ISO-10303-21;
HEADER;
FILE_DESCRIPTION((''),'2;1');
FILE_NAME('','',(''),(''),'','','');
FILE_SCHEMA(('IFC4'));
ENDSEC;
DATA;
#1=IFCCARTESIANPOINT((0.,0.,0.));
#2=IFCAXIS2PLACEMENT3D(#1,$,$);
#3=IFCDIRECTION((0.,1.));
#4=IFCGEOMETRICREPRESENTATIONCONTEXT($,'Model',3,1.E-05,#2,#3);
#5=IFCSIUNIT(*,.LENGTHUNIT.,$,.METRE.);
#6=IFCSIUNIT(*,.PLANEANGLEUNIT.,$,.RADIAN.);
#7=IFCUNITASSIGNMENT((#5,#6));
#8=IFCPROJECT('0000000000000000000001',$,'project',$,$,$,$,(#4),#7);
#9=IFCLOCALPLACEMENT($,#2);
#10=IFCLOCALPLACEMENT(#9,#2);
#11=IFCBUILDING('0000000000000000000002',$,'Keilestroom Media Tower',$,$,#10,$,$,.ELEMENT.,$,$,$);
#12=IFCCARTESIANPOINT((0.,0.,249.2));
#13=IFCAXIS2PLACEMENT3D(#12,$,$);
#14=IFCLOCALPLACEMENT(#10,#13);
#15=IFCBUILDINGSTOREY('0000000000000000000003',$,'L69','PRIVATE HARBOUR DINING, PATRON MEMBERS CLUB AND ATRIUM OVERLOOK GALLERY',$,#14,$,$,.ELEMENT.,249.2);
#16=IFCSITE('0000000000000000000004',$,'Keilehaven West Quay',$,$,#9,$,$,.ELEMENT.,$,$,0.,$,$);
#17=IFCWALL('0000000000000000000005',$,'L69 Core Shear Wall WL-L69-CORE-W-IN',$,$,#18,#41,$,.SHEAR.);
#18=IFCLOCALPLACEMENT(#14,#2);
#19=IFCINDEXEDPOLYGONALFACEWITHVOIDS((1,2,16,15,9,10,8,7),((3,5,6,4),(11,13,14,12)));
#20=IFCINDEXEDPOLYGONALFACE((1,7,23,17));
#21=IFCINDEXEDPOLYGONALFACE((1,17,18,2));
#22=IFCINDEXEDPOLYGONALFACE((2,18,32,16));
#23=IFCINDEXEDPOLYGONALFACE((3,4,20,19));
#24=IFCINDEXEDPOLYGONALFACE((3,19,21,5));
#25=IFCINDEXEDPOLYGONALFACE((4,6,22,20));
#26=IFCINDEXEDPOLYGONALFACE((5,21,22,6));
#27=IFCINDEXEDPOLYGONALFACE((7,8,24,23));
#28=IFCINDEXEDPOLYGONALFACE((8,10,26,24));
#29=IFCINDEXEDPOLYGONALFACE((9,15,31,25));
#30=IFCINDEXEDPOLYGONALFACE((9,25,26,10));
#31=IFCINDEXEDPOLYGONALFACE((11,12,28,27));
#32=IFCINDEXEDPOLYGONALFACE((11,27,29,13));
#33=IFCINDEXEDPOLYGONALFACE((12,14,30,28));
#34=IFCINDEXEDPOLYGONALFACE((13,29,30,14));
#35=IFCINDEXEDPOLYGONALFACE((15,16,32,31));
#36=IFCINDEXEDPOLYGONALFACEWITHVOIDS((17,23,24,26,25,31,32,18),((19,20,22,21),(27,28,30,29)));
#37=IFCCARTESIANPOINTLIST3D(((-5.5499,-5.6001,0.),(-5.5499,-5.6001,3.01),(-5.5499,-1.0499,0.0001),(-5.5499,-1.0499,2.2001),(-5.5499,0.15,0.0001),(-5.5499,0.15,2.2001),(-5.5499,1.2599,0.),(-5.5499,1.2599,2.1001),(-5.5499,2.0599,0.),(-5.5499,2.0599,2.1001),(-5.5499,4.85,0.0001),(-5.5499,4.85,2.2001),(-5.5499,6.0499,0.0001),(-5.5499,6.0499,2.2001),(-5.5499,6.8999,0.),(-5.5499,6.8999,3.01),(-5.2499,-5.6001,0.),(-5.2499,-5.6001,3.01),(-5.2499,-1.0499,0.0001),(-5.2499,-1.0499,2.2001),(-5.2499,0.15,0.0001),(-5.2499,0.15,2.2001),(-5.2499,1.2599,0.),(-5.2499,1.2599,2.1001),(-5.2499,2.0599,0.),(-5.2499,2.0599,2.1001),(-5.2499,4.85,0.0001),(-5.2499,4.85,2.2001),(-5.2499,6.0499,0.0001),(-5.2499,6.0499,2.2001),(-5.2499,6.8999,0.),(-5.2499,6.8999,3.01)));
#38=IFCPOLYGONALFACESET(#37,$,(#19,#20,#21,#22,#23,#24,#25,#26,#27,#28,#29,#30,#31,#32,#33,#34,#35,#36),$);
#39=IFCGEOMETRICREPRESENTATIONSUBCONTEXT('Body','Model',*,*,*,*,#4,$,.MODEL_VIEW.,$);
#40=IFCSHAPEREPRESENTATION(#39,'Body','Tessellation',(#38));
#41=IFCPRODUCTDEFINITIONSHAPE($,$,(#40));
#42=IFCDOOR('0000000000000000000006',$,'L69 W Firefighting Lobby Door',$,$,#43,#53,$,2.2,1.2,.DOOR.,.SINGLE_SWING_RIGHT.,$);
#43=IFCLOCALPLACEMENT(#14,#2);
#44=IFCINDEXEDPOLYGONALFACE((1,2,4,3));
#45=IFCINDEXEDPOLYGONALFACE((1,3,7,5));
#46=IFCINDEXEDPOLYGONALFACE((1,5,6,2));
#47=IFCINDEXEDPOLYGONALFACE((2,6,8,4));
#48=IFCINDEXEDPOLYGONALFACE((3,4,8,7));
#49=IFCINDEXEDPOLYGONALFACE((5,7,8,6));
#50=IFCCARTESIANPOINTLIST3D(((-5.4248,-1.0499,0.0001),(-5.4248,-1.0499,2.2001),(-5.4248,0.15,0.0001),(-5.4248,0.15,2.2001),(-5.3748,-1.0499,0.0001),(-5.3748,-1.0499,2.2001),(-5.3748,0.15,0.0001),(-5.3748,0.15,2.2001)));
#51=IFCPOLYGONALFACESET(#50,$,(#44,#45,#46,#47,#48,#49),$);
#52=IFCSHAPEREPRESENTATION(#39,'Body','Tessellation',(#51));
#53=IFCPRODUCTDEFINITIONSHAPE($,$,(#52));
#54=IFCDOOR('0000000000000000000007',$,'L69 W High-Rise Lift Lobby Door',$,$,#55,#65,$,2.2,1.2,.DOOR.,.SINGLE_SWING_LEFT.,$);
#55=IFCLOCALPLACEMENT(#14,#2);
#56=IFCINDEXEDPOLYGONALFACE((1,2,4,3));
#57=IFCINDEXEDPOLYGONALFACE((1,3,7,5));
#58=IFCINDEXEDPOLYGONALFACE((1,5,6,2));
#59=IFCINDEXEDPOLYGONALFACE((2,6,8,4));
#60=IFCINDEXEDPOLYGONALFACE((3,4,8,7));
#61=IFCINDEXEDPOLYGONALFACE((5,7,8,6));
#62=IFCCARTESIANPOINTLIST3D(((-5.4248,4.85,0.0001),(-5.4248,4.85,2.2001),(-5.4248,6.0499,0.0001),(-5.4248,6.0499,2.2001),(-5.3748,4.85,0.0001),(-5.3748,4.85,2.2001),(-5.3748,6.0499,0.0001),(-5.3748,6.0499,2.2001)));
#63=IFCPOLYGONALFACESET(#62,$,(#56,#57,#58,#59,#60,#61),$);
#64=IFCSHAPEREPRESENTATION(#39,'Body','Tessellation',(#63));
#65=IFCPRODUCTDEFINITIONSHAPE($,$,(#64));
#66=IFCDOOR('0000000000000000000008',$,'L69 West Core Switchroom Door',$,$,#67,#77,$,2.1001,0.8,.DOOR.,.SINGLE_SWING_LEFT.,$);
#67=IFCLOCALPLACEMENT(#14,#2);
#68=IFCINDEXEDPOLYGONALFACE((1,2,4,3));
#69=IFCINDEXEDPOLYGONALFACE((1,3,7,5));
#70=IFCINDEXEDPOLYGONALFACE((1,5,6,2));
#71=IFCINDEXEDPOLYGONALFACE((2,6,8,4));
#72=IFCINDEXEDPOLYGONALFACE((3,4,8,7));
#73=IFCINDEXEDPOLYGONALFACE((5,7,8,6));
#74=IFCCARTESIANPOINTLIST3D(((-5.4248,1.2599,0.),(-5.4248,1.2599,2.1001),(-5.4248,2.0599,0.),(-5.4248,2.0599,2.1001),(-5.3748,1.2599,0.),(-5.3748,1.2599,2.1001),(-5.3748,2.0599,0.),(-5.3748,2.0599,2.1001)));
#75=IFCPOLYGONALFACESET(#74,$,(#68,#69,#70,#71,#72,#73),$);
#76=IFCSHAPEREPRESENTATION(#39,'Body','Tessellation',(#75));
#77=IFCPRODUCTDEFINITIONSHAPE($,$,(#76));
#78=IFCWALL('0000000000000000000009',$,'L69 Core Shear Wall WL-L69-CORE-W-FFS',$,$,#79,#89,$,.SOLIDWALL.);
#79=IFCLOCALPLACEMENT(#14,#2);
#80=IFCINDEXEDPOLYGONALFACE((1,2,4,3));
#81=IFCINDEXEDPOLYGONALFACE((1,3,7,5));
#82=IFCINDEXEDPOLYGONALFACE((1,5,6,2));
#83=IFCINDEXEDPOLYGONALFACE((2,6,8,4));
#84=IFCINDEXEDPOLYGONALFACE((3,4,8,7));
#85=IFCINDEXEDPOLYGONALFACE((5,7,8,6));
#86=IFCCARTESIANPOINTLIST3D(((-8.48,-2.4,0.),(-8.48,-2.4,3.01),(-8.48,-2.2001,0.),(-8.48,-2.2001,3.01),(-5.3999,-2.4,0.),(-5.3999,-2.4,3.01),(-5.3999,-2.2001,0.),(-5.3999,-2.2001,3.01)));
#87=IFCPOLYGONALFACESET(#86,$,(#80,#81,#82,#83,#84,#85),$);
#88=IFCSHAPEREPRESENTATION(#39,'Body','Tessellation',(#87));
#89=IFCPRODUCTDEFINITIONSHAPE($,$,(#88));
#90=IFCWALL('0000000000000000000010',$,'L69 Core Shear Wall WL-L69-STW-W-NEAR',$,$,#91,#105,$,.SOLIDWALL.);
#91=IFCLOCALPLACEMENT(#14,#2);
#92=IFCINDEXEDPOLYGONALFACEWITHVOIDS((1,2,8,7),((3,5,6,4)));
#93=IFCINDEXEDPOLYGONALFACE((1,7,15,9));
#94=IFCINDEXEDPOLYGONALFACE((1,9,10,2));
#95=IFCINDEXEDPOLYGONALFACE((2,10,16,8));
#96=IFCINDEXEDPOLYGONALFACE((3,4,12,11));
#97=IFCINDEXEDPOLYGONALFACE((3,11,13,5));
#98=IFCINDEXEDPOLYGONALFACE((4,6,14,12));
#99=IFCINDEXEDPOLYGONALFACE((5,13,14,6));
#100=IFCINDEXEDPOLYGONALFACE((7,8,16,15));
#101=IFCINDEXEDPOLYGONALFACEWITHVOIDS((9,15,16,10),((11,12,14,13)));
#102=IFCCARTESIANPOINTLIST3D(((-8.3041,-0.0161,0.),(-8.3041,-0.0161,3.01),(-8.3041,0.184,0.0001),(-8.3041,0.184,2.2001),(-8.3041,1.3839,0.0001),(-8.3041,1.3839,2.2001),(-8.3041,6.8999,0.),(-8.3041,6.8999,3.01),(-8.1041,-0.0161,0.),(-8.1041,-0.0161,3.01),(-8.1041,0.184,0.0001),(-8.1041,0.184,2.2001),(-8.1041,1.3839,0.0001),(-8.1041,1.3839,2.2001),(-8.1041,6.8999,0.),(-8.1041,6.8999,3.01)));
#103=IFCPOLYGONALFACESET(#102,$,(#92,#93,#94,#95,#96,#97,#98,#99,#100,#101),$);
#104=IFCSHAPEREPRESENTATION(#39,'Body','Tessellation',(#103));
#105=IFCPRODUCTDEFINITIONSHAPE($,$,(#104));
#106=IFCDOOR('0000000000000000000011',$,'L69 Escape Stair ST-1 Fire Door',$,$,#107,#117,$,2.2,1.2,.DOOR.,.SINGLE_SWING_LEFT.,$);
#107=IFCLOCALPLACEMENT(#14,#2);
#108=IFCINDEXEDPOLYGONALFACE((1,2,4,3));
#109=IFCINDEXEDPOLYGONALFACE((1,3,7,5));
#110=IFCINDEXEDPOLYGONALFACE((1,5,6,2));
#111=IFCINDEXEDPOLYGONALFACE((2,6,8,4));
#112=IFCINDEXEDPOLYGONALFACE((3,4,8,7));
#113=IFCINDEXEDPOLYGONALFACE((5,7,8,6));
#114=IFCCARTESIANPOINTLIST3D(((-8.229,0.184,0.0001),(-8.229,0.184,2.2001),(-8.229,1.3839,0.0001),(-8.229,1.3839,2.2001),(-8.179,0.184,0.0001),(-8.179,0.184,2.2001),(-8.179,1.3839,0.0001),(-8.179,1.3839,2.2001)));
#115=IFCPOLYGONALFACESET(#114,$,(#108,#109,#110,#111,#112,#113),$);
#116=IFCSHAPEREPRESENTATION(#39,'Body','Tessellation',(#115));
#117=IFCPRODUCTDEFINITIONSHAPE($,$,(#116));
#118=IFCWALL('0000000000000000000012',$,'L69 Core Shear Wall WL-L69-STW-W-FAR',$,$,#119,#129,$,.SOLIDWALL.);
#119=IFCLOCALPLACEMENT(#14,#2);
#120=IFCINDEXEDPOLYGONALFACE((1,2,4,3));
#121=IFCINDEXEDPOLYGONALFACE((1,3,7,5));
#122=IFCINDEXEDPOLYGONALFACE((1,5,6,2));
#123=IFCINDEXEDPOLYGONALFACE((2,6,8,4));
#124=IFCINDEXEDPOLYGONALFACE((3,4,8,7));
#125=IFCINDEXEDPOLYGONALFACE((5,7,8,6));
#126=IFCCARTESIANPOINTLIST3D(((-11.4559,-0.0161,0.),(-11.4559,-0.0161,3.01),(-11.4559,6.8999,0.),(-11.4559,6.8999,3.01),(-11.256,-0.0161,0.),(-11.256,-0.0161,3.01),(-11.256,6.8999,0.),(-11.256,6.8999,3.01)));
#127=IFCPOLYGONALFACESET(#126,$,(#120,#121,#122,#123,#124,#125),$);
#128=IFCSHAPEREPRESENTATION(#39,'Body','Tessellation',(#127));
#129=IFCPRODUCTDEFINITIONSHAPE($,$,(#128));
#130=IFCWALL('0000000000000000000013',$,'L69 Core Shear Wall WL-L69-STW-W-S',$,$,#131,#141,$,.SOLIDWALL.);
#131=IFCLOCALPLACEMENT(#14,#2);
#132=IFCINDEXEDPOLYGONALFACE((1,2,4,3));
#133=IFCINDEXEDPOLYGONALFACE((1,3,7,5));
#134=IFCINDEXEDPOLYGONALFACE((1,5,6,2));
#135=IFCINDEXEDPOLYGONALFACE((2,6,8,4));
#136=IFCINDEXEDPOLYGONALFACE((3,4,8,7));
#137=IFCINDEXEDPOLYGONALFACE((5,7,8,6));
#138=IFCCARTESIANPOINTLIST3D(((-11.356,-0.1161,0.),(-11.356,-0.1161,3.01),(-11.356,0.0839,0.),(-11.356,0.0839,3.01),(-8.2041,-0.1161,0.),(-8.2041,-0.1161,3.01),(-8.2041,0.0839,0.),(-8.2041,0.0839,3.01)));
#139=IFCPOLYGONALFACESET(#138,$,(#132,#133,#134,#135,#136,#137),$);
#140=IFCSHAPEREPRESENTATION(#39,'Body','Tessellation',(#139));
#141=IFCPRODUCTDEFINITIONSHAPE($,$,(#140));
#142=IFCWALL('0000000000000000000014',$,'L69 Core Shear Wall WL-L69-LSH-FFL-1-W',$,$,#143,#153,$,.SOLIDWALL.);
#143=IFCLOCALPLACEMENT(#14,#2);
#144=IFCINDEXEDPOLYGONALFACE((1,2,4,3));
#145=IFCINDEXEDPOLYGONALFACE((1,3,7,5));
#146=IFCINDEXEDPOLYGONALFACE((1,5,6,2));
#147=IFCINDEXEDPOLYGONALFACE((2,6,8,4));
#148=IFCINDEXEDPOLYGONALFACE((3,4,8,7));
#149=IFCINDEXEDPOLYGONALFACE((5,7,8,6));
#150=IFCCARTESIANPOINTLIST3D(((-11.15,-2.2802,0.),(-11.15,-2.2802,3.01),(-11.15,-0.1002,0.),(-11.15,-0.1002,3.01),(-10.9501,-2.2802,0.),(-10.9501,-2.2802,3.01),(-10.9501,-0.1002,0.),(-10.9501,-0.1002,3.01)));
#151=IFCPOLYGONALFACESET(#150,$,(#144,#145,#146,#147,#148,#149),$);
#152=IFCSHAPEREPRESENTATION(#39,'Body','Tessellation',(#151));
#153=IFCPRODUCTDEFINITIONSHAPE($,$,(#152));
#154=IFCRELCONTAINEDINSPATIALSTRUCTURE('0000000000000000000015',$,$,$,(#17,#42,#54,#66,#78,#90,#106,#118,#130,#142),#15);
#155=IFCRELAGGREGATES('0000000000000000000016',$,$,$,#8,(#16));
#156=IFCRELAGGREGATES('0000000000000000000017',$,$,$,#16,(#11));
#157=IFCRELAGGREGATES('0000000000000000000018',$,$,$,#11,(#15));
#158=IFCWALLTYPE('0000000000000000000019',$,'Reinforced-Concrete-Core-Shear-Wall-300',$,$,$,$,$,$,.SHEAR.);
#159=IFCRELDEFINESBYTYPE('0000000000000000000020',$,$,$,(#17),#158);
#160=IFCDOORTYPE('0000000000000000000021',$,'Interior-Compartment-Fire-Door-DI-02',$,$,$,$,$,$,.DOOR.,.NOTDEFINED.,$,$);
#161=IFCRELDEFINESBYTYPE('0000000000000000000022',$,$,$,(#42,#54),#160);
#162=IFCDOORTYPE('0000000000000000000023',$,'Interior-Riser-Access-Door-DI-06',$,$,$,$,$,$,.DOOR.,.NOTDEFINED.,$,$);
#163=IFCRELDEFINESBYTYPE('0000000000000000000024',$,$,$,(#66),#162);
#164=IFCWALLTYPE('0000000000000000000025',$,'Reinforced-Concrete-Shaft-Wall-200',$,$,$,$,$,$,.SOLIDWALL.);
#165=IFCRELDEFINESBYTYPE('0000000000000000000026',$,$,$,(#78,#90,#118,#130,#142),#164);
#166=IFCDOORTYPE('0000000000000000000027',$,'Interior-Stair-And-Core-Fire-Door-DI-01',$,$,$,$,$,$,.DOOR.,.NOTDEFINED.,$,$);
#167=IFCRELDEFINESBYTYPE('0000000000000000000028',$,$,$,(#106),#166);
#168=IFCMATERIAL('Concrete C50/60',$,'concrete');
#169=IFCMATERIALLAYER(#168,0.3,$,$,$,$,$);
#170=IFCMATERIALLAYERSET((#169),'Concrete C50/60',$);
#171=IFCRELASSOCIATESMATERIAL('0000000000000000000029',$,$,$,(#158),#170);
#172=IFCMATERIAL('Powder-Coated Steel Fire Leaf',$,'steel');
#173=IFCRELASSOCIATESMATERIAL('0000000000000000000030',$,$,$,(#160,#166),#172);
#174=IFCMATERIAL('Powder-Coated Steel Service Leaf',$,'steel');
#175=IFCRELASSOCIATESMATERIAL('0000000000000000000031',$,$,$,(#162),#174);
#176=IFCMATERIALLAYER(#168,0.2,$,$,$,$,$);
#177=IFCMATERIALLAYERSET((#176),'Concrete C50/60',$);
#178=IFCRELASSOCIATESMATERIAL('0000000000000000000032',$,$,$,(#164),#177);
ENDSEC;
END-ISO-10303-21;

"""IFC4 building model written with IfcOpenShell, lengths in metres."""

from ifc_helpers import new_model, si_unit, direction, frame, frame_2d, origin, place, context, subcontext, project, spatial, rectangle, extrude, source, transform, mapped, material, layer, layer_set, type_object, element, fill, save


model = new_model("IFC4")

# Units and contexts
model_context = context("Model", 3, precision=1e-05, world=origin(), true_north=direction((0.0, 1.0)))
body_context = subcontext(model_context, "Body", "Model", "MODEL_VIEW")
ifc_project = project(units=[si_unit("LENGTHUNIT", "METRE"), si_unit("PLANEANGLEUNIT", "RADIAN")], contexts=[model_context])

# Site, building, storey
site_placement = place(None, origin())
site = spatial("IfcSite", under=ifc_project, at=site_placement, Name="Keilehaven West Quay", CompositionType="ELEMENT", RefElevation=0.0)
building_placement = place(site_placement, origin())
building = spatial("IfcBuilding", under=site, at=building_placement, Name="Keilestroom Media Tower", CompositionType="ELEMENT")
storey_placement = place(building_placement, frame((0.0, 0.0, 249.2)))
storey = spatial("IfcBuildingStorey", under=building, at=storey_placement, Name="L69", Description="PRIVATE HARBOUR DINING, PATRON MEMBERS CLUB AND ATRIUM OVERLOOK GALLERY", CompositionType="ELEMENT", Elevation=249.2)

# Shared definitions
ifc_material_1 = material(Name="Concrete C50/60", Category="concrete")
ifc_layer_1 = layer(ifc_material_1, 0.3)
ifc_layer_set_1 = layer_set([ifc_layer_1], Name="Concrete C50/60")
wall_type_1 = type_object("IfcWallType", Name="Reinforced-Concrete-Core-Shear-Wall-300", PredefinedType="SHEAR", material=ifc_layer_set_1)

# Wall, openings, doors
wall_1_placement = place(storey_placement, frame((-5.3999, -5.6001, 0.0), z_axis=(0.0, 0.0, 1.0), x_axis=(0.0, 1.0, 0.0)))
wall_1 = element("IfcWall", 1, at=wall_1_placement, inside=storey, type_object=wall_type_1, Name="L69 Core Shear Wall WL-L69-CORE-W-IN", PredefinedType="SHEAR", context=body_context, shape_type="SweptSolid", body=[
    extrude(rectangle(XDim=12.5, YDim=0.3, at=frame_2d((6.25, 0.0))), origin(), (0.0, 0.0, 1.0), 3.01),
])
opening_1_placement = place(wall_1_placement, frame((4.55, 0.0, 0.0)))
opening_1 = element("IfcOpeningElement", 2, at=opening_1_placement, cuts=wall_1, PredefinedType="OPENING", context=body_context, shape_type="SweptSolid", body=[
    extrude(rectangle(XDim=1.2, YDim=2.2, at=frame_2d((0.6001, 1.1001))), frame((0.0, 0.1602, 0.0), z_axis=(0.0, -1.0, 0.0), x_axis=(1.0, 0.0, 0.0)), (0.0, 0.0, 1.0), 0.3201),
])
opening_2_placement = place(wall_1_placement, frame((10.45, 0.0, 0.0)))
opening_2 = element("IfcOpeningElement", 3, at=opening_2_placement, cuts=wall_1, PredefinedType="OPENING", context=body_context, shape_type="SweptSolid", body=[
    extrude(rectangle(XDim=1.2, YDim=2.2, at=frame_2d((0.6001, 1.1001))), frame((0.0, 0.1602, 0.0), z_axis=(0.0, -1.0, 0.0), x_axis=(1.0, 0.0, 0.0)), (0.0, 0.0, 1.0), 0.3201),
])
opening_3_placement = place(wall_1_placement, frame((6.8601, 0.0, 0.0)))
opening_3 = element("IfcOpeningElement", 4, at=opening_3_placement, cuts=wall_1, PredefinedType="OPENING", context=body_context, shape_type="SweptSolid", body=[
    extrude(rectangle(XDim=0.8, YDim=2.1001, at=frame_2d((0.3999, 1.05))), frame((0.0, 0.1602, 0.0), z_axis=(0.0, -1.0, 0.0), x_axis=(1.0, 0.0, 0.0)), (0.0, 0.0, 1.0), 0.3201),
])
ifc_material_2 = material(Name="Powder-Coated Steel Fire Leaf", Category="steel")
door_type_1 = type_object("IfcDoorType", Name="Interior-Compartment-Fire-Door-DI-02", OperationType="NOTDEFINED", PredefinedType="DOOR", material=ifc_material_2)
shared_shape_1 = source(origin(), body_context, "Body", "SweptSolid", [
    extrude(rectangle(XDim=1.2, YDim=2.2, at=frame_2d((0.6001, 1.1001))), frame((0.0, 0.0249, 0.0), z_axis=(0.0, -1.0, 0.0), x_axis=(1.0, 0.0, 0.0)), (0.0, 0.0, 1.0), 0.05),
])
door_1_placement = place(opening_1_placement, origin())
door_1 = element("IfcDoor", 5, at=door_1_placement, inside=storey, type_object=door_type_1, Name="L69 W Firefighting Lobby Door", OperationType="SINGLE_SWING_RIGHT", OverallHeight=2.2, OverallWidth=1.2, PredefinedType="DOOR", context=body_context, shape_type="MappedRepresentation", body=[
    mapped(shared_shape_1, transform((0.0, 0.0, 0.0), x_axis=(1.0, 0.0, 0.0), y_axis=(0.0, 1.0, 0.0), z_axis=(0.0, 0.0, 1.0), scale=1.0)),
])
fill(opening_1, door_1)
door_2_placement = place(opening_2_placement, origin())
door_2 = element("IfcDoor", 6, at=door_2_placement, inside=storey, type_object=door_type_1, Name="L69 W High-Rise Lift Lobby Door", OperationType="SINGLE_SWING_LEFT", OverallHeight=2.2, OverallWidth=1.2, PredefinedType="DOOR", context=body_context, shape_type="MappedRepresentation", body=[
    mapped(shared_shape_1, transform((0.0, 0.0, 0.0), x_axis=(1.0, 0.0, 0.0), y_axis=(0.0, 1.0, 0.0), z_axis=(0.0, 0.0, 1.0), scale=1.0)),
])
fill(opening_2, door_2)
ifc_material_3 = material(Name="Powder-Coated Steel Service Leaf", Category="steel")
door_type_2 = type_object("IfcDoorType", Name="Interior-Riser-Access-Door-DI-06", OperationType="NOTDEFINED", PredefinedType="DOOR", material=ifc_material_3)
shared_shape_2 = source(origin(), body_context, "Body", "SweptSolid", [
    extrude(rectangle(XDim=0.8, YDim=2.1001, at=frame_2d((0.3999, 1.05))), frame((0.0, 0.0249, 0.0), z_axis=(0.0, -1.0, 0.0), x_axis=(1.0, 0.0, 0.0)), (0.0, 0.0, 1.0), 0.05),
])
door_3_placement = place(opening_3_placement, origin())
door_3 = element("IfcDoor", 7, at=door_3_placement, inside=storey, type_object=door_type_2, Name="L69 West Core Switchroom Door", OperationType="SINGLE_SWING_LEFT", OverallHeight=2.1001, OverallWidth=0.8, PredefinedType="DOOR", context=body_context, shape_type="MappedRepresentation", body=[
    mapped(shared_shape_2, transform((0.0, 0.0, 0.0), x_axis=(1.0, 0.0, 0.0), y_axis=(0.0, 1.0, 0.0), z_axis=(0.0, 0.0, 1.0), scale=1.0)),
])
fill(opening_3, door_3)

# Wall
ifc_layer_2 = layer(ifc_material_1, 0.2)
ifc_layer_set_2 = layer_set([ifc_layer_2], Name="Concrete C50/60")
wall_type_2 = type_object("IfcWallType", Name="Reinforced-Concrete-Shaft-Wall-200", PredefinedType="SOLIDWALL", material=ifc_layer_set_2)
wall_2_placement = place(storey_placement, frame((-8.48, -2.3, 0.0), z_axis=(0.0, 0.0, 1.0), x_axis=(1.0, 0.0, 0.0)))
element("IfcWall", 8, at=wall_2_placement, inside=storey, type_object=wall_type_2, Name="L69 Core Shear Wall WL-L69-CORE-W-FFS", PredefinedType="SOLIDWALL", context=body_context, shape_type="SweptSolid", body=[
    extrude(rectangle(XDim=3.0801, YDim=0.2, at=frame_2d((1.54, 0.0))), origin(), (0.0, 0.0, 1.0), 3.01),
])

# Wall, opening, door
wall_3_placement = place(storey_placement, frame((-8.2041, -0.0161, 0.0), z_axis=(0.0, 0.0, 1.0), x_axis=(0.0, 1.0, 0.0)))
wall_3 = element("IfcWall", 9, at=wall_3_placement, inside=storey, type_object=wall_type_2, Name="L69 Core Shear Wall WL-L69-STW-W-NEAR", PredefinedType="SOLIDWALL", context=body_context, shape_type="SweptSolid", body=[
    extrude(rectangle(XDim=6.916, YDim=0.2, at=frame_2d((3.458, 0.0))), origin(), (0.0, 0.0, 1.0), 3.01),
])
opening_4_placement = place(wall_3_placement, frame((0.2, 0.0, 0.0)))
opening_4 = element("IfcOpeningElement", 10, at=opening_4_placement, cuts=wall_3, PredefinedType="OPENING", context=body_context, shape_type="SweptSolid", body=[
    extrude(rectangle(XDim=1.2, YDim=2.2, at=frame_2d((0.6001, 1.1001))), frame((0.0, 0.1099, 0.0), z_axis=(0.0, -1.0, 0.0), x_axis=(1.0, 0.0, 0.0)), (0.0, 0.0, 1.0), 0.22),
])
door_type_3 = type_object("IfcDoorType", Name="Interior-Stair-And-Core-Fire-Door-DI-01", OperationType="NOTDEFINED", PredefinedType="DOOR", material=ifc_material_2)
door_4_placement = place(opening_4_placement, origin())
door_4 = element("IfcDoor", 11, at=door_4_placement, inside=storey, type_object=door_type_3, Name="L69 Escape Stair ST-1 Fire Door", OperationType="SINGLE_SWING_LEFT", OverallHeight=2.2, OverallWidth=1.2, PredefinedType="DOOR", context=body_context, shape_type="MappedRepresentation", body=[
    mapped(shared_shape_1, transform((0.0, 0.0, 0.0), x_axis=(1.0, 0.0, 0.0), y_axis=(0.0, 1.0, 0.0), z_axis=(0.0, 0.0, 1.0), scale=1.0)),
])
fill(opening_4, door_4)

# Walls
wall_4_placement = place(storey_placement, frame((-11.356, -0.0161, 0.0), z_axis=(0.0, 0.0, 1.0), x_axis=(0.0, 1.0, 0.0)))
element("IfcWall", 12, at=wall_4_placement, inside=storey, type_object=wall_type_2, Name="L69 Core Shear Wall WL-L69-STW-W-FAR", PredefinedType="SOLIDWALL", context=body_context, shape_type="SweptSolid", body=[
    extrude(rectangle(XDim=6.916, YDim=0.2, at=frame_2d((3.458, 0.0))), origin(), (0.0, 0.0, 1.0), 3.01),
])
wall_5_placement = place(storey_placement, frame((-11.356, -0.0161, 0.0), z_axis=(0.0, 0.0, 1.0), x_axis=(1.0, 0.0, 0.0)))
element("IfcWall", 13, at=wall_5_placement, inside=storey, type_object=wall_type_2, Name="L69 Core Shear Wall WL-L69-STW-W-S", PredefinedType="SOLIDWALL", context=body_context, shape_type="SweptSolid", body=[
    extrude(rectangle(XDim=3.1519, YDim=0.2, at=frame_2d((1.5759, 0.0))), origin(), (0.0, 0.0, 1.0), 3.01),
])
wall_6_placement = place(storey_placement, frame((-11.05, -2.28, 0.0), z_axis=(0.0, 0.0, 1.0), x_axis=(0.0, 1.0, 0.0)))
element("IfcWall", 14, at=wall_6_placement, inside=storey, type_object=wall_type_2, Name="L69 Core Shear Wall WL-L69-LSH-FFL-1-W", PredefinedType="SOLIDWALL", context=body_context, shape_type="SweptSolid", body=[
    extrude(rectangle(XDim=2.1799, YDim=0.2, at=frame_2d((1.0898, 0.0))), origin(), (0.0, 0.0, 1.0), 3.01),
])

save(model, "model.ifc")
